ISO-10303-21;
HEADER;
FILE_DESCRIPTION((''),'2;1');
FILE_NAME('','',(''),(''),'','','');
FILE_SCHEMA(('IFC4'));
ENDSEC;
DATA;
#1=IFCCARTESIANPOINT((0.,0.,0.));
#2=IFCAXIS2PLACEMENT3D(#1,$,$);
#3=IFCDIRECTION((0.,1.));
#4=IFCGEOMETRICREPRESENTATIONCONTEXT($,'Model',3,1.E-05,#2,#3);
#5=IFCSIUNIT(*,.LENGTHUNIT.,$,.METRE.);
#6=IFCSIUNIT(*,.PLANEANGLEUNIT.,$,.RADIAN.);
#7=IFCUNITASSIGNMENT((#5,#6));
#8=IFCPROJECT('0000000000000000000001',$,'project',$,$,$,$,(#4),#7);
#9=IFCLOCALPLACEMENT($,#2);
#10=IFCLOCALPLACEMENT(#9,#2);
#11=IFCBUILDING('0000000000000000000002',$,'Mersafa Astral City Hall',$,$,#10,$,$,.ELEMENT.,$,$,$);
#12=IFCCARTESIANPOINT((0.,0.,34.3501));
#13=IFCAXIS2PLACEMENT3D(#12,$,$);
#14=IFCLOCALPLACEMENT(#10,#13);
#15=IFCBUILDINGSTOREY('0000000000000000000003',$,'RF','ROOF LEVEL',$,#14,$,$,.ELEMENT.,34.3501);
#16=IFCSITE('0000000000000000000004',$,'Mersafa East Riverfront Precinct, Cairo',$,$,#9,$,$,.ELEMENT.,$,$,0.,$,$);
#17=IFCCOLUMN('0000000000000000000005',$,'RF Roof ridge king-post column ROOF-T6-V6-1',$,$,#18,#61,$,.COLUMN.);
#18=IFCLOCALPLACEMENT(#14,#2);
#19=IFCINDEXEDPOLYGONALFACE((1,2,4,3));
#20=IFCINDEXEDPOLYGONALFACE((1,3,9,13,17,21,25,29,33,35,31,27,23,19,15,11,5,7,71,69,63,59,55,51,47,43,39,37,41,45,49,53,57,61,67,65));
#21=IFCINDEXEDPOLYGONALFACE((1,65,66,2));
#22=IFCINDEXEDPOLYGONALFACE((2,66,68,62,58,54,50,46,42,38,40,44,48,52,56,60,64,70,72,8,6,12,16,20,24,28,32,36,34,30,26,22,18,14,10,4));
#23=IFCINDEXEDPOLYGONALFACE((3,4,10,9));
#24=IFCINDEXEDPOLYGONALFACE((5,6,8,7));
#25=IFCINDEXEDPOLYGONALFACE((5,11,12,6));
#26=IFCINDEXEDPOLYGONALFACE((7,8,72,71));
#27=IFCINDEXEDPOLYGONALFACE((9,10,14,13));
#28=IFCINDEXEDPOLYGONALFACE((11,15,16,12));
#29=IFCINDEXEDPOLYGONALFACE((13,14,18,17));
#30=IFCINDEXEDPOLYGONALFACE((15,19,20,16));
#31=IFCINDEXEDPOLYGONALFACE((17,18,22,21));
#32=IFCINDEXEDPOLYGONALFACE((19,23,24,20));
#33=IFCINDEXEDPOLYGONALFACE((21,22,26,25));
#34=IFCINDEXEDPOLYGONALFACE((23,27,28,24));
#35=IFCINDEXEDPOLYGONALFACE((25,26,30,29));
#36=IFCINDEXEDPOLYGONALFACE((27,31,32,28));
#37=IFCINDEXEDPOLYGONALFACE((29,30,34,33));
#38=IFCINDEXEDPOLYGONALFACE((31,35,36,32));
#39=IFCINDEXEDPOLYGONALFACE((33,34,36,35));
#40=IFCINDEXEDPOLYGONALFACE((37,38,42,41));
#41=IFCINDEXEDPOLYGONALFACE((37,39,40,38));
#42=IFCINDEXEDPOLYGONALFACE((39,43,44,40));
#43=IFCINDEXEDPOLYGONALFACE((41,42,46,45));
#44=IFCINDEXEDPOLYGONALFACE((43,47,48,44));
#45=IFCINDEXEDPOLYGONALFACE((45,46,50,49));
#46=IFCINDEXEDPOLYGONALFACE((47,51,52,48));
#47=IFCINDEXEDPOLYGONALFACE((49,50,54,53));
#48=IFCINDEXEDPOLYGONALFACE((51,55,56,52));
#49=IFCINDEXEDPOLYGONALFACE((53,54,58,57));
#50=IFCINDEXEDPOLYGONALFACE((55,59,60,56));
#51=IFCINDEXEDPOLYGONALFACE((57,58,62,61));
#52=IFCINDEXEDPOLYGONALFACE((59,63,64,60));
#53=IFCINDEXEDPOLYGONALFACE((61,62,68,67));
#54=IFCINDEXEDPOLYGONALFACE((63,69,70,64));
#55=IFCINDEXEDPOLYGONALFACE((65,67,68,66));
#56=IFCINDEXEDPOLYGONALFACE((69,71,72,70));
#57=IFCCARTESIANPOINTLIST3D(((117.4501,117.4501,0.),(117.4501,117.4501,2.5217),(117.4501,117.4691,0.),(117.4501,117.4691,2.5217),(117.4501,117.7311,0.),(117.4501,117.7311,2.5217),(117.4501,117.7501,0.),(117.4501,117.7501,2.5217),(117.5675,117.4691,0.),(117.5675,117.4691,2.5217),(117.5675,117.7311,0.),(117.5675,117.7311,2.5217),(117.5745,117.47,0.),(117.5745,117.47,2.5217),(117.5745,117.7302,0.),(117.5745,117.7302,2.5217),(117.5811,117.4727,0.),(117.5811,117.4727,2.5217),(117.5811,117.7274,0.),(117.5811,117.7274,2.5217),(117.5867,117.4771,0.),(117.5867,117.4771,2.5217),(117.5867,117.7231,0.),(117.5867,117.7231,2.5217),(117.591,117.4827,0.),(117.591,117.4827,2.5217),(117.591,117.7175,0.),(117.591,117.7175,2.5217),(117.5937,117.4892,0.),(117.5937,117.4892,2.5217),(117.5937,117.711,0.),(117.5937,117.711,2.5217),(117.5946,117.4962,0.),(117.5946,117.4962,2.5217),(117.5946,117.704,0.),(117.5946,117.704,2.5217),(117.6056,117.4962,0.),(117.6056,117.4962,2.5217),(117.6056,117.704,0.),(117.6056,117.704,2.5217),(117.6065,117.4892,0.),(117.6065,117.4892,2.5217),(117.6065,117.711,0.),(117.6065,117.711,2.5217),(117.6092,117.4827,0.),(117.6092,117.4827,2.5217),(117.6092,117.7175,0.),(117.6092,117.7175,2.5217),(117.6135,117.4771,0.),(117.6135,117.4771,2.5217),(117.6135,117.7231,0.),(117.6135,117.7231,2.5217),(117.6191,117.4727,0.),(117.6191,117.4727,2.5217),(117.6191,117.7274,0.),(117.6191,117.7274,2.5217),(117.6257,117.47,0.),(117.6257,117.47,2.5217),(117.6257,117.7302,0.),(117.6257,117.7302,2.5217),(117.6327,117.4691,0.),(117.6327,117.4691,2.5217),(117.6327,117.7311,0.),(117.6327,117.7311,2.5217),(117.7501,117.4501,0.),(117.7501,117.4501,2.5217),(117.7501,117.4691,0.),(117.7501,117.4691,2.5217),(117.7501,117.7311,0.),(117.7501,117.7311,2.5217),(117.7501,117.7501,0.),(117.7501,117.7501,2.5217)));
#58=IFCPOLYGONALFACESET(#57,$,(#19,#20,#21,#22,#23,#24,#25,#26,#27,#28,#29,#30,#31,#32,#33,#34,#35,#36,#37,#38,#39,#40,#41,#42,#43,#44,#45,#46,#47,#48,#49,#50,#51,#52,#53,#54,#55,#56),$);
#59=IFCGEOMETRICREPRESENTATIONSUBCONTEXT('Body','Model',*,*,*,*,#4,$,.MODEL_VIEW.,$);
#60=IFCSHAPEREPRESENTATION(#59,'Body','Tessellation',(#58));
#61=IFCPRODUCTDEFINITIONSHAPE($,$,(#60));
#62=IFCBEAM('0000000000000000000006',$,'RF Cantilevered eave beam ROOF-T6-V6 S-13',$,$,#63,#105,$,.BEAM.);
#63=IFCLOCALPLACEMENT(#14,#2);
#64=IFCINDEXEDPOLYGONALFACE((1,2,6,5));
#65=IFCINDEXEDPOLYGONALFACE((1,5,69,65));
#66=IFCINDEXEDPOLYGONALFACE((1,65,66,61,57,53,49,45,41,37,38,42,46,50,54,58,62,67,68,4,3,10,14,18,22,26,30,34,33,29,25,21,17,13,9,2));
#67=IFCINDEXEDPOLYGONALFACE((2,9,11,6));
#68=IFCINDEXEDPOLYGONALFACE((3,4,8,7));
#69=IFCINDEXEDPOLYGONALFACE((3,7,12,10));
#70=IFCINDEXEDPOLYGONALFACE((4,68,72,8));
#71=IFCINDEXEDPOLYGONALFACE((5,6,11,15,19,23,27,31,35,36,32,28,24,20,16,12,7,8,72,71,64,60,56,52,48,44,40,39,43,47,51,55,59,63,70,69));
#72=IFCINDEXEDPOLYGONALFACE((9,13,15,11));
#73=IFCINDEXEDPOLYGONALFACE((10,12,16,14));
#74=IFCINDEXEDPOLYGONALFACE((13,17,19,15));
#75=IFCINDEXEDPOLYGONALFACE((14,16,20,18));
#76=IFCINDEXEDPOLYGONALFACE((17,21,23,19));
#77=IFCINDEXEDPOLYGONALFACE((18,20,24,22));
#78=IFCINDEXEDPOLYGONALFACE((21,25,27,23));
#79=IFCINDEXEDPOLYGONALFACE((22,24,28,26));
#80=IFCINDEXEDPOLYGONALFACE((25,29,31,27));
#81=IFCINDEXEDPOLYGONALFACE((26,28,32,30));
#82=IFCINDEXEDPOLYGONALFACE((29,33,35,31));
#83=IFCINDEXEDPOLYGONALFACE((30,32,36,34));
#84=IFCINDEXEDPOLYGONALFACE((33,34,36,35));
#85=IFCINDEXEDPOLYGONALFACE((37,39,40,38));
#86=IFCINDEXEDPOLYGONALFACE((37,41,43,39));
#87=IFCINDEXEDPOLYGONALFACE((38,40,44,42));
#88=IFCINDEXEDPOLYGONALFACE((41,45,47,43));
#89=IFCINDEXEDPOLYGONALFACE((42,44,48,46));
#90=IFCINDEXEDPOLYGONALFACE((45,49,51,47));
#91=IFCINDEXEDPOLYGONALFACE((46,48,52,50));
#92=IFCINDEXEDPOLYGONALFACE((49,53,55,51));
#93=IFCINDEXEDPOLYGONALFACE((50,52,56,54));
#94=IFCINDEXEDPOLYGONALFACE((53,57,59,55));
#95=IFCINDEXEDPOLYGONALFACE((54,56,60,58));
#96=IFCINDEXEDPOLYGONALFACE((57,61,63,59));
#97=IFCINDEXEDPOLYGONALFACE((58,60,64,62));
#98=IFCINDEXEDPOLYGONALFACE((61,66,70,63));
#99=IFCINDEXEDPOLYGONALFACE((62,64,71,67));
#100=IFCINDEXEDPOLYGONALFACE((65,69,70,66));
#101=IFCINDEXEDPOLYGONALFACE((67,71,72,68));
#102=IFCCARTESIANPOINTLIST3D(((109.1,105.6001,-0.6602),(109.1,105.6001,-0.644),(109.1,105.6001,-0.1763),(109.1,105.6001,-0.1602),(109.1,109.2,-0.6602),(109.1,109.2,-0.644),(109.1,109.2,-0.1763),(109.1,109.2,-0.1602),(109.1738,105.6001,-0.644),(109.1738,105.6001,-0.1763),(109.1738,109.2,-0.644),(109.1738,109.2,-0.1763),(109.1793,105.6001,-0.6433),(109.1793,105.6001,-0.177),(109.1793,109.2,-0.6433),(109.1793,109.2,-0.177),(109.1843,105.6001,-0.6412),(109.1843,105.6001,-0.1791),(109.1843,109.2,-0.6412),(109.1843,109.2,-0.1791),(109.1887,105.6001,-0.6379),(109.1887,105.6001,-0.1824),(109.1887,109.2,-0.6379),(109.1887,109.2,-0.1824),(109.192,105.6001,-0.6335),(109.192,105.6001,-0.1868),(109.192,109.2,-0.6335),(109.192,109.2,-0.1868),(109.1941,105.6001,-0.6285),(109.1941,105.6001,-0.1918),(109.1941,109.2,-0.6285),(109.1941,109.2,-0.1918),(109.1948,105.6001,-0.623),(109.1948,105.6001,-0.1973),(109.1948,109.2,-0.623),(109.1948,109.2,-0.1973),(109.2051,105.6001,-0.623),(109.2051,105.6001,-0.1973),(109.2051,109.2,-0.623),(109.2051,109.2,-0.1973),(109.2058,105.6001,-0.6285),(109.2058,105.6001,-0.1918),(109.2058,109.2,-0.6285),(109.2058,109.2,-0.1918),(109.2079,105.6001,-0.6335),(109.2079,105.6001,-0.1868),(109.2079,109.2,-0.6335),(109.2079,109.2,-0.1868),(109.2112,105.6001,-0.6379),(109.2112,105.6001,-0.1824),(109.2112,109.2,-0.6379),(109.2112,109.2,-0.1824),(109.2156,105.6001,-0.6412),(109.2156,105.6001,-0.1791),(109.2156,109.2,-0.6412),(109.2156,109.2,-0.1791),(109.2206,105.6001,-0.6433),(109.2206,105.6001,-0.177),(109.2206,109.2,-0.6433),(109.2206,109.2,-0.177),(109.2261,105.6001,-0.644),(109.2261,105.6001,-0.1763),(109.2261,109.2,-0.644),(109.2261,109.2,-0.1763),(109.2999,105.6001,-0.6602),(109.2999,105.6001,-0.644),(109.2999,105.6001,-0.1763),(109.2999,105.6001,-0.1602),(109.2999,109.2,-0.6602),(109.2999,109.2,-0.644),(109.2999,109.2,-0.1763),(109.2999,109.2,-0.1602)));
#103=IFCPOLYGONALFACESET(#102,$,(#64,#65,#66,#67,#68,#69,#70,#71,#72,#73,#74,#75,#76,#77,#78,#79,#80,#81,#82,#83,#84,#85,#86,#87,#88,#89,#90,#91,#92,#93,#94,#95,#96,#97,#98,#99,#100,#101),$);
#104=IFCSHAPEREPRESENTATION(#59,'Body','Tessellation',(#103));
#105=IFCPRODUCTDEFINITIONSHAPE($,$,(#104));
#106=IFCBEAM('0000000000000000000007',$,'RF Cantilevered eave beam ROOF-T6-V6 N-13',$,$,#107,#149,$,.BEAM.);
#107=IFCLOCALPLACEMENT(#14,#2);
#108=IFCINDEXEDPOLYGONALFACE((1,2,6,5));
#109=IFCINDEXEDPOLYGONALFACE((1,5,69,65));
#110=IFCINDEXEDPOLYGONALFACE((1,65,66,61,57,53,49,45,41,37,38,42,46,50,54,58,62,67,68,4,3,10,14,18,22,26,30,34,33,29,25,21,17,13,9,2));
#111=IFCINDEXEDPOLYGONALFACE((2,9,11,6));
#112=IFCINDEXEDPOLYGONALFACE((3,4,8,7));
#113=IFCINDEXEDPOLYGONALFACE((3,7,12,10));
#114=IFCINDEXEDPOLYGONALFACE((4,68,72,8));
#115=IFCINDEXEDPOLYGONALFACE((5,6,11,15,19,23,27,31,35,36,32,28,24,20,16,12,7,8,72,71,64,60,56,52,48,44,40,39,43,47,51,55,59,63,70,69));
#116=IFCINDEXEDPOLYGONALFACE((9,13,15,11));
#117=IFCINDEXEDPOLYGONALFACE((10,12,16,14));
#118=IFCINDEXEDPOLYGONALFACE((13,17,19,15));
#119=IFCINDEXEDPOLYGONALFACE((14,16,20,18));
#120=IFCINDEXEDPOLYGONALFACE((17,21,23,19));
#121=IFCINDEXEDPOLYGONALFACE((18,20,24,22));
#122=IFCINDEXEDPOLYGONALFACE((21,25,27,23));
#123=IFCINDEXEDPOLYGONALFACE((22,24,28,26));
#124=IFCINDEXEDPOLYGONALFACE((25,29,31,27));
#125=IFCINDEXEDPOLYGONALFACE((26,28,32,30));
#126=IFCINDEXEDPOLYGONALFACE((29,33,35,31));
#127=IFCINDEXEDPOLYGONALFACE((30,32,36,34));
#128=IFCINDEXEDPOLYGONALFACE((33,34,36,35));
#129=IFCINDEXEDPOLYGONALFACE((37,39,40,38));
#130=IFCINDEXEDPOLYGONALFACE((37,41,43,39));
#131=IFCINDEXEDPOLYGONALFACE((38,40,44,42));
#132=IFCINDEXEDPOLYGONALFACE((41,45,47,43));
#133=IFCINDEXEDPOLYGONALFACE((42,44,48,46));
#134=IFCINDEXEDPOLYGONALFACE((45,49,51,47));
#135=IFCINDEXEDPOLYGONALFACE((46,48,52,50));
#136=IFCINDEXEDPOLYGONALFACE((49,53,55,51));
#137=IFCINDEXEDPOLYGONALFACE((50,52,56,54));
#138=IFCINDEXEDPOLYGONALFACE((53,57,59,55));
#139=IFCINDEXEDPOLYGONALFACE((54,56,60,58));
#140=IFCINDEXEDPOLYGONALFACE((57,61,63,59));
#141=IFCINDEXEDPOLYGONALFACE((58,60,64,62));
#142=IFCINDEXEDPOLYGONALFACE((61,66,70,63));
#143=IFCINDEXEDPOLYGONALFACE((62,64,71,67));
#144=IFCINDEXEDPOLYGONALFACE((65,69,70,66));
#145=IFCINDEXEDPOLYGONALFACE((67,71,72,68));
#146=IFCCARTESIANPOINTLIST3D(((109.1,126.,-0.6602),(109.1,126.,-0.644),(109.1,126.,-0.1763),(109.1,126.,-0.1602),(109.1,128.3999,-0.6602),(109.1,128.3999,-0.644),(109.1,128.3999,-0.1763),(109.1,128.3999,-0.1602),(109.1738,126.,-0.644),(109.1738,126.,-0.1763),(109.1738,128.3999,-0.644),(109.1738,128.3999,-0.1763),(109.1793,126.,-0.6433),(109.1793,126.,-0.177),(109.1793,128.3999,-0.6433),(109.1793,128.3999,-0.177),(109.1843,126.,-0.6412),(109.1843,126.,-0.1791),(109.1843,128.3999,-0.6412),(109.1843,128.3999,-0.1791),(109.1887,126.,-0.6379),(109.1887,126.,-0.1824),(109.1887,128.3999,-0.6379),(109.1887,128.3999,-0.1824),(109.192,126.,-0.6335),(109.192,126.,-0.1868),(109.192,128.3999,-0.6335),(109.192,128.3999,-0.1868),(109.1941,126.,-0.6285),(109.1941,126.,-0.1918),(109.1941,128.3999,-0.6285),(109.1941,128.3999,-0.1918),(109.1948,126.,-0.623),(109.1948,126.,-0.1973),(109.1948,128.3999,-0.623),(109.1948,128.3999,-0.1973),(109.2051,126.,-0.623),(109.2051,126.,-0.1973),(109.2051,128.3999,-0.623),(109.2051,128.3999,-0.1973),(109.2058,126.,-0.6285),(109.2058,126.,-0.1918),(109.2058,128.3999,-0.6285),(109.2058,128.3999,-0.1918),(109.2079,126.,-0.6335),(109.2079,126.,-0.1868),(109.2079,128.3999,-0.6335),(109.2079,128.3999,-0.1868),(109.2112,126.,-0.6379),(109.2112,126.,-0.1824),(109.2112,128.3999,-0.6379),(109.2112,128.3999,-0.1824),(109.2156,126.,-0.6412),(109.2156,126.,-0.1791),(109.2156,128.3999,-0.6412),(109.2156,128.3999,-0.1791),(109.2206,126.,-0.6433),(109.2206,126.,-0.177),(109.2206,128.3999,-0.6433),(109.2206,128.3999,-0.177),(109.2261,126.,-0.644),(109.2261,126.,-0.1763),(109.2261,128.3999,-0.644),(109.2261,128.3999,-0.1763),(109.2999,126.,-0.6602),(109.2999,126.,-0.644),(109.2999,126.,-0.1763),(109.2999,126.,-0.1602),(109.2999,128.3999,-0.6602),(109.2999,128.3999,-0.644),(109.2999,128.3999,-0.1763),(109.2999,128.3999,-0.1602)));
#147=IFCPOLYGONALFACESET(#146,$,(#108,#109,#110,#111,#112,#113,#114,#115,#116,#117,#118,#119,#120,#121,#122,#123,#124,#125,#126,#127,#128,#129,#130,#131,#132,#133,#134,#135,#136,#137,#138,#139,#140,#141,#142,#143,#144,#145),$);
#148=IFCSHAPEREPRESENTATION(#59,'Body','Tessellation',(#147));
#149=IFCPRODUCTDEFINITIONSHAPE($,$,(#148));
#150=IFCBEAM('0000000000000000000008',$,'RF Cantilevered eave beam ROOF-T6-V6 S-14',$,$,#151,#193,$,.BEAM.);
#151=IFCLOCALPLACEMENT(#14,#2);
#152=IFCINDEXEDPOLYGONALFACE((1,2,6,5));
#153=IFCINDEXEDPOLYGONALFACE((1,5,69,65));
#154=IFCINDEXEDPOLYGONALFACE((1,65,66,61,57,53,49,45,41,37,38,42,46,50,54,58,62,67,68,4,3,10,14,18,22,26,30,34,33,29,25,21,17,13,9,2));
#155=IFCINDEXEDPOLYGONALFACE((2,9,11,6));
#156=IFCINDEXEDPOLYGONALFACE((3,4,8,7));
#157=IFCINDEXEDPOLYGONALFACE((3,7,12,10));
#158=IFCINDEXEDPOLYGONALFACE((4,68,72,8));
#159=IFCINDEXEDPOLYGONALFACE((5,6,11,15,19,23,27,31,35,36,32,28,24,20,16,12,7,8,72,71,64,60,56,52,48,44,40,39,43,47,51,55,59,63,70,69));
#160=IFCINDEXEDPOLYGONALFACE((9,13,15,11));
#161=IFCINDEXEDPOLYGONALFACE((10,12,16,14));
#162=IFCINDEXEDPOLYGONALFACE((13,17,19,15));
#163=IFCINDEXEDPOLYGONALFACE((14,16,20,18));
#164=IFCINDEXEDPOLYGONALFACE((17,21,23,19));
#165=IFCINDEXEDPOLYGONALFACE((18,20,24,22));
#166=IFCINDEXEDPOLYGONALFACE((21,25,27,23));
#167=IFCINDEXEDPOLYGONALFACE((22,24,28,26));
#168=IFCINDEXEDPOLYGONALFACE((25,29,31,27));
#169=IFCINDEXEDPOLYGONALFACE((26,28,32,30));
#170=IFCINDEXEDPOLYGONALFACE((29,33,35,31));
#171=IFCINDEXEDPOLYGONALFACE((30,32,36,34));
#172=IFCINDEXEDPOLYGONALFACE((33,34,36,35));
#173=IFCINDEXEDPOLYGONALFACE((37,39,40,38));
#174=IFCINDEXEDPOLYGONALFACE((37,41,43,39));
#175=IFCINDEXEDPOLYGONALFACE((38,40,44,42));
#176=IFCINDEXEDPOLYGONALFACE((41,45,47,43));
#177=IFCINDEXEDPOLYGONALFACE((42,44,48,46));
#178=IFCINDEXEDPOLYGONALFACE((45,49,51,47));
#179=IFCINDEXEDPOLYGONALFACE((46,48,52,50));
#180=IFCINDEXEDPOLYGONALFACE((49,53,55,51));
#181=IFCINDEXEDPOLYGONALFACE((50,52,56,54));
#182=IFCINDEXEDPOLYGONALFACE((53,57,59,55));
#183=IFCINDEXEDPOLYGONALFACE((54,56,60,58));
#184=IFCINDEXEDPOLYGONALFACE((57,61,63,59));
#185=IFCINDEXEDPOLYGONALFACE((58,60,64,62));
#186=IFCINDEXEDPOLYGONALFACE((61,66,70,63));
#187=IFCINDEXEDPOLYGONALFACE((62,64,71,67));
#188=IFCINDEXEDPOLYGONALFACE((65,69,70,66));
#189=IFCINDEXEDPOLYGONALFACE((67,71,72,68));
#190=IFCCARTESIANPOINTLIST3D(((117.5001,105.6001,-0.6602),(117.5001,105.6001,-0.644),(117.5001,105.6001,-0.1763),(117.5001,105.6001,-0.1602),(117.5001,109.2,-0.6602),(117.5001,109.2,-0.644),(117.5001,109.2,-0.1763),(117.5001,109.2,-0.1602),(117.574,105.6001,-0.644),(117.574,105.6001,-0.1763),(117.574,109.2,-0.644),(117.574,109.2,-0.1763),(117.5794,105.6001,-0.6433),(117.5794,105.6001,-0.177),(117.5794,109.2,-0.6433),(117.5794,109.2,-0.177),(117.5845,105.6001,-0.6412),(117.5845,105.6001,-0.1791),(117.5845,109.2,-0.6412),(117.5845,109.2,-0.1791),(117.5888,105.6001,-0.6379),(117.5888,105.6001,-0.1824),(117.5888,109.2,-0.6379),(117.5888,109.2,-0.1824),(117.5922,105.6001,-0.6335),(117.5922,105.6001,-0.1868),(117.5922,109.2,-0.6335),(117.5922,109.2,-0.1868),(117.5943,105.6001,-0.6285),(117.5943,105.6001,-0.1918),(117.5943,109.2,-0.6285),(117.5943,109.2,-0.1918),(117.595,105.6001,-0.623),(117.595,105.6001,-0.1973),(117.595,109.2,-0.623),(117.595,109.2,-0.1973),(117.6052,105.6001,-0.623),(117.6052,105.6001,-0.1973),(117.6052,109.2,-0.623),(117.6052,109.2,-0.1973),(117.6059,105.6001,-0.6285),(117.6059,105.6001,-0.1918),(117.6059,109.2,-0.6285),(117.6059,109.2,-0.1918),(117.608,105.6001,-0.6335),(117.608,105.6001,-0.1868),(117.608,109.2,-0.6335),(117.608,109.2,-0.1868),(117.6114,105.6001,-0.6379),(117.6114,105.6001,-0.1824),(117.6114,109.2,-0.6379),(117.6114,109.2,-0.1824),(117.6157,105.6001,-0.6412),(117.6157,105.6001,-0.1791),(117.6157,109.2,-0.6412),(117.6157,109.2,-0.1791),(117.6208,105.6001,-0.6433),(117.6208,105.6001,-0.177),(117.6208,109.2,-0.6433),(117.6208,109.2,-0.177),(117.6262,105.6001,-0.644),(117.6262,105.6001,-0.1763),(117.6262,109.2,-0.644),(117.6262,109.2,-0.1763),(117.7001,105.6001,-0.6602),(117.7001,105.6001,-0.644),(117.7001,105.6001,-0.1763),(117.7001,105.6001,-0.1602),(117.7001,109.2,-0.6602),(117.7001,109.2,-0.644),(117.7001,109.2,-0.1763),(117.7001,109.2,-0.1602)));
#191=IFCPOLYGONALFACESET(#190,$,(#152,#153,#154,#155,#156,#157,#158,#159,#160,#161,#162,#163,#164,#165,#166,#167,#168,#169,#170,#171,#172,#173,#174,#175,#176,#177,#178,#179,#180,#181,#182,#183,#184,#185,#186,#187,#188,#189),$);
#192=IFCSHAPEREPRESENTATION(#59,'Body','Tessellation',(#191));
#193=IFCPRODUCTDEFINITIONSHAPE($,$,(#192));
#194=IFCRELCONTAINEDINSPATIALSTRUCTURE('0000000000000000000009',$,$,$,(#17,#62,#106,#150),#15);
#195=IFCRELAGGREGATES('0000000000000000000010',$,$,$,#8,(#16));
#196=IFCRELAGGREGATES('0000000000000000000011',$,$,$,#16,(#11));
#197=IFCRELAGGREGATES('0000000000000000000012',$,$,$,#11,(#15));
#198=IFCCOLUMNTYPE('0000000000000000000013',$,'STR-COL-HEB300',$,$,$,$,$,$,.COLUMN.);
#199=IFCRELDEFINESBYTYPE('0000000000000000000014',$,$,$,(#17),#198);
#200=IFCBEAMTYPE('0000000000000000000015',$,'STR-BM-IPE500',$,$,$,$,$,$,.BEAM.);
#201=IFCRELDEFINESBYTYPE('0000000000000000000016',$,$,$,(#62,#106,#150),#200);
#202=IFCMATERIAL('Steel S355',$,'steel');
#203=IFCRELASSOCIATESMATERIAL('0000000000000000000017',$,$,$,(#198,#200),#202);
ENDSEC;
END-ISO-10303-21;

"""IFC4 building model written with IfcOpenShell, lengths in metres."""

from ifc_helpers import new_model, si_unit, direction, frame, origin, origin_2d, place, context, subcontext, project, spatial, i_section, extrude, material, material_profile, profile_set, type_object, element, save


model = new_model("IFC4")

# Units and contexts
model_context = context("Model", 3, precision=1e-05, world=origin(), true_north=direction((0.0, 1.0)))
body_context = subcontext(model_context, "Body", "Model", "MODEL_VIEW")
ifc_project = project(units=[si_unit("LENGTHUNIT", "METRE"), si_unit("PLANEANGLEUNIT", "RADIAN")], contexts=[model_context])

# Site, building, storey
site_placement = place(None, origin())
site = spatial("IfcSite", under=ifc_project, at=site_placement, Name="Mersafa East Riverfront Precinct, Cairo", CompositionType="ELEMENT", RefElevation=0.0)
building_placement = place(site_placement, origin())
building = spatial("IfcBuilding", under=site, at=building_placement, Name="Mersafa Astral City Hall", CompositionType="ELEMENT")
storey_placement = place(building_placement, frame((0.0, 0.0, 34.3501)))
storey = spatial("IfcBuildingStorey", under=building, at=storey_placement, Name="RF", Description="ROOF LEVEL", CompositionType="ELEMENT", Elevation=34.3501)

# Column
ifc_material_1 = material(Name="Steel S355", Category="steel")
ifc_material_profile_1 = material_profile(ifc_material_1, i_section(OverallWidth=0.3, OverallDepth=0.3, WebThickness=0.011, FlangeThickness=0.019, FilletRadius=0.0271, at=origin_2d()), Name="HEB 300")
ifc_profile_set_1 = profile_set([ifc_material_profile_1], Name="Steel S355")
column_type = type_object("IfcColumnType", Name="STR-COL-HEB300", PredefinedType="COLUMN", material=ifc_profile_set_1)
column_placement = place(storey_placement, frame((117.6001, 117.6001, 0.0), z_axis=(0.0, 0.0, 1.0), x_axis=(1.0, 0.0, 0.0)))
element("IfcColumn", 1, at=column_placement, inside=storey, type_object=column_type, Name="RF Roof ridge king-post column ROOF-T6-V6-1", PredefinedType="COLUMN", context=body_context, shape_type="SweptSolid", body=[
    extrude(i_section(OverallWidth=0.3, OverallDepth=0.3, WebThickness=0.011, FlangeThickness=0.019, FilletRadius=0.0271, at=origin_2d()), origin(), (0.0, 0.0, 1.0), 2.5217),
])

# Beams
ifc_material_profile_2 = material_profile(ifc_material_1, i_section(OverallWidth=0.2, OverallDepth=0.5, WebThickness=0.0103, FlangeThickness=0.0161, FilletRadius=0.021, at=origin_2d()), Name="IPE 500")
ifc_profile_set_2 = profile_set([ifc_material_profile_2], Name="Steel S355")
beam_type_1 = type_object("IfcBeamType", Name="STR-BM-IPE500", PredefinedType="BEAM", material=ifc_profile_set_2)
beam_1_placement = place(storey_placement, frame((109.2, 109.2, -0.4102), z_axis=(0.0, -1.0, 0.0), x_axis=(1.0, 0.0, 0.0)))
element("IfcBeam", 2, at=beam_1_placement, inside=storey, type_object=beam_type_1, Name="RF Cantilevered eave beam ROOF-T6-V6 S-13", PredefinedType="BEAM", context=body_context, shape_type="SweptSolid", body=[
    extrude(i_section(OverallWidth=0.2, OverallDepth=0.5, WebThickness=0.0103, FlangeThickness=0.0161, FilletRadius=0.021, at=origin_2d()), origin(), (0.0, 0.0, 1.0), 3.5999),
])
beam_2_placement = place(storey_placement, frame((109.2, 126.0, -0.4102), z_axis=(0.0, 1.0, 0.0), x_axis=(-1.0, 0.0, 0.0)))
element("IfcBeam", 3, at=beam_2_placement, inside=storey, type_object=beam_type_1, Name="RF Cantilevered eave beam ROOF-T6-V6 N-13", PredefinedType="BEAM", context=body_context, shape_type="SweptSolid", body=[
    extrude(i_section(OverallWidth=0.2, OverallDepth=0.5, WebThickness=0.0103, FlangeThickness=0.0161, FilletRadius=0.021, at=origin_2d()), origin(), (0.0, 0.0, 1.0), 2.3999),
])
beam_3_placement = place(storey_placement, frame((117.6001, 109.2, -0.4102), z_axis=(0.0, -1.0, 0.0), x_axis=(1.0, 0.0, 0.0)))
element("IfcBeam", 4, at=beam_3_placement, inside=storey, type_object=beam_type_1, Name="RF Cantilevered eave beam ROOF-T6-V6 S-14", PredefinedType="BEAM", context=body_context, shape_type="SweptSolid", body=[
    extrude(i_section(OverallWidth=0.2, OverallDepth=0.5, WebThickness=0.0103, FlangeThickness=0.0161, FilletRadius=0.021, at=origin_2d()), origin(), (0.0, 0.0, 1.0), 3.5999),
])

save(model, "model.ifc")
